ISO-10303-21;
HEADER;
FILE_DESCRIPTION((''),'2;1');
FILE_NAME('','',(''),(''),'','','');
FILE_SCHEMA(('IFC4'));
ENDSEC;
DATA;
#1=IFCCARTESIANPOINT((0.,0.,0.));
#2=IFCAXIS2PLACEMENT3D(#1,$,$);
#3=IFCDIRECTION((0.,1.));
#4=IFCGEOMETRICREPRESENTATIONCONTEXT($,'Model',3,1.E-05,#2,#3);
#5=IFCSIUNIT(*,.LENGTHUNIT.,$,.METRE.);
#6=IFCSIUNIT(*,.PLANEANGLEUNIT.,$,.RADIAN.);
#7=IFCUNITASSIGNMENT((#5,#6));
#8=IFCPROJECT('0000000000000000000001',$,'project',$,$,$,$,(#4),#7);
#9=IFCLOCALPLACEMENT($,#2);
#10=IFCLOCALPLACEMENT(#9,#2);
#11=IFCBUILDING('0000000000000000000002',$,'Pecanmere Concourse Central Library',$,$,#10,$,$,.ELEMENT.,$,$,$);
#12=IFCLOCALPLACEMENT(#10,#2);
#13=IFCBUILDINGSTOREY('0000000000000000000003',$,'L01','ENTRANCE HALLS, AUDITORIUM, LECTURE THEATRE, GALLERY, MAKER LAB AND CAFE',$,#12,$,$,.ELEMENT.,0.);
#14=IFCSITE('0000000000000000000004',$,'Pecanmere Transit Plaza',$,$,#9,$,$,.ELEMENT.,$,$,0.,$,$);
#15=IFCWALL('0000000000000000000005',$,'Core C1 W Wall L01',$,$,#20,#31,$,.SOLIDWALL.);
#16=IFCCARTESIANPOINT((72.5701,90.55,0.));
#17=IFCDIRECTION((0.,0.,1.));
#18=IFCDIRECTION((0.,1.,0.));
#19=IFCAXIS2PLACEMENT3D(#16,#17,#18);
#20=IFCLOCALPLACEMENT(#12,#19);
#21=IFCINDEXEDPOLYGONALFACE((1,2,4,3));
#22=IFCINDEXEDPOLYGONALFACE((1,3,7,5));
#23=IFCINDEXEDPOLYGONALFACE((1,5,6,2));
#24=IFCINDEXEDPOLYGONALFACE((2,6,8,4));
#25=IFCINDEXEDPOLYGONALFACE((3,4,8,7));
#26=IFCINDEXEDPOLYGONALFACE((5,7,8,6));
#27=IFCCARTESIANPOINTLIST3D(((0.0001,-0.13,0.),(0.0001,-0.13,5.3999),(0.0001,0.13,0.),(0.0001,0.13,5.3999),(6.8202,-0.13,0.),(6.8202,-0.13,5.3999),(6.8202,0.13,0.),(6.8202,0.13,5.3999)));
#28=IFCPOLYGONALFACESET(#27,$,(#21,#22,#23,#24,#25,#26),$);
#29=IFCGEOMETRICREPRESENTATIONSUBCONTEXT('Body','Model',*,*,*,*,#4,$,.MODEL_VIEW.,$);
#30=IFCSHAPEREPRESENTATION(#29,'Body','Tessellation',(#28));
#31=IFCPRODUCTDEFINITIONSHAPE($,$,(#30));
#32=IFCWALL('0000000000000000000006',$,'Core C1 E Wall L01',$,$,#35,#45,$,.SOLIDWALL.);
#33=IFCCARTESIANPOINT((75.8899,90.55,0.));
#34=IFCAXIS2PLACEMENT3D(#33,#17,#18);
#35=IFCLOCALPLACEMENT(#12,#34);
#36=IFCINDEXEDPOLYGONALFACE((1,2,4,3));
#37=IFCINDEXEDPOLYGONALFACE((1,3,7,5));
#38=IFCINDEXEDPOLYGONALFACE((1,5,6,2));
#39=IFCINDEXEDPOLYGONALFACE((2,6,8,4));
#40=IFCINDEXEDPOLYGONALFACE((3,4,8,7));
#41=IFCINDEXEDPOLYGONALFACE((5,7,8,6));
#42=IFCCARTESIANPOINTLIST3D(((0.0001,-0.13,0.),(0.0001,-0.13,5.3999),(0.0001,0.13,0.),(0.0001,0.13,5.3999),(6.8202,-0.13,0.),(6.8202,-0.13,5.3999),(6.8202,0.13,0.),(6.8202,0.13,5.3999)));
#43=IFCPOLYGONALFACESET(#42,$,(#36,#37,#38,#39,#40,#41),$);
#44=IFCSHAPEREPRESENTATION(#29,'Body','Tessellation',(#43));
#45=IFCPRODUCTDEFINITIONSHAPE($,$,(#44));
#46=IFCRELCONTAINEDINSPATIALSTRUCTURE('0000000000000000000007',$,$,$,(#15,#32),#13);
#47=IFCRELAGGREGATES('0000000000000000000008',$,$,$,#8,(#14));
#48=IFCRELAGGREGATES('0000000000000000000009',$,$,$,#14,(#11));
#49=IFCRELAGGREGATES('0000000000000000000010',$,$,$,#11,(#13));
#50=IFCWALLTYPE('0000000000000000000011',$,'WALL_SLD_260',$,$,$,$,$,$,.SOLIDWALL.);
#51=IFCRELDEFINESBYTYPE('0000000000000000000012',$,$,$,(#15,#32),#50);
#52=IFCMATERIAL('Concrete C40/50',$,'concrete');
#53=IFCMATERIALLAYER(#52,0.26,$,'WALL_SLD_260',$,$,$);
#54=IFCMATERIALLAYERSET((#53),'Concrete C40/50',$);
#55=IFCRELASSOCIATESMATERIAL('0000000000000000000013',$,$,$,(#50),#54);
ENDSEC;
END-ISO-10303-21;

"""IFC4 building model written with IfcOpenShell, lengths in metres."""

from ifc_helpers import new_model, si_unit, direction, frame, frame_2d, origin, place, context, subcontext, project, spatial, rectangle, extrude, material, layer, layer_set, type_object, element, save


model = new_model("IFC4")

# Units and contexts
model_context = context("Model", 3, precision=1e-05, world=origin(), true_north=direction((0.0, 1.0)))
body_context = subcontext(model_context, "Body", "Model", "MODEL_VIEW")
ifc_project = project(units=[si_unit("LENGTHUNIT", "METRE"), si_unit("PLANEANGLEUNIT", "RADIAN")], contexts=[model_context])

# Site, building, storey
site_placement = place(None, origin())
site = spatial("IfcSite", under=ifc_project, at=site_placement, Name="Pecanmere Transit Plaza", CompositionType="ELEMENT", RefElevation=0.0)
building_placement = place(site_placement, origin())
building = spatial("IfcBuilding", under=site, at=building_placement, Name="Pecanmere Concourse Central Library", CompositionType="ELEMENT")
storey_placement = place(building_placement, origin())
storey = spatial("IfcBuildingStorey", under=building, at=storey_placement, Name="L01", Description="ENTRANCE HALLS, AUDITORIUM, LECTURE THEATRE, GALLERY, MAKER LAB AND CAFE", CompositionType="ELEMENT", Elevation=0.0)

# Shared definitions
ifc_material_1 = material(Name="Concrete C40/50", Category="concrete")
ifc_layer_1 = layer(ifc_material_1, 0.26, Name="WALL_SLD_260")
ifc_layer_set_1 = layer_set([ifc_layer_1], Name="Concrete C40/50")
wall_type_1 = type_object("IfcWallType", Name="WALL_SLD_260", PredefinedType="SOLIDWALL", material=ifc_layer_set_1)

# Walls
for number, where, z_axis, x_axis, name in (
    (1, (72.5701, 90.55, 0.0), (0.0, 0.0, 1.0), (0.0, 1.0, 0.0), "Core C1 W Wall L01"),
    (2, (75.8899, 90.55, 0.0), (0.0, 0.0, 1.0), (0.0, 1.0, 0.0), "Core C1 E Wall L01"),
):
    element("IfcWall", number, at=place(storey_placement, frame(where, z_axis=z_axis, x_axis=x_axis)), inside=storey, type_object=wall_type_1, Name=name, PredefinedType="SOLIDWALL", context=body_context, shape_type="SweptSolid", body=[
        extrude(rectangle(XDim=6.8201, YDim=0.26, at=frame_2d((3.4102, 0.0))), origin(), (0.0, 0.0, 1.0), 5.3999),
    ])

save(model, "model.ifc")
